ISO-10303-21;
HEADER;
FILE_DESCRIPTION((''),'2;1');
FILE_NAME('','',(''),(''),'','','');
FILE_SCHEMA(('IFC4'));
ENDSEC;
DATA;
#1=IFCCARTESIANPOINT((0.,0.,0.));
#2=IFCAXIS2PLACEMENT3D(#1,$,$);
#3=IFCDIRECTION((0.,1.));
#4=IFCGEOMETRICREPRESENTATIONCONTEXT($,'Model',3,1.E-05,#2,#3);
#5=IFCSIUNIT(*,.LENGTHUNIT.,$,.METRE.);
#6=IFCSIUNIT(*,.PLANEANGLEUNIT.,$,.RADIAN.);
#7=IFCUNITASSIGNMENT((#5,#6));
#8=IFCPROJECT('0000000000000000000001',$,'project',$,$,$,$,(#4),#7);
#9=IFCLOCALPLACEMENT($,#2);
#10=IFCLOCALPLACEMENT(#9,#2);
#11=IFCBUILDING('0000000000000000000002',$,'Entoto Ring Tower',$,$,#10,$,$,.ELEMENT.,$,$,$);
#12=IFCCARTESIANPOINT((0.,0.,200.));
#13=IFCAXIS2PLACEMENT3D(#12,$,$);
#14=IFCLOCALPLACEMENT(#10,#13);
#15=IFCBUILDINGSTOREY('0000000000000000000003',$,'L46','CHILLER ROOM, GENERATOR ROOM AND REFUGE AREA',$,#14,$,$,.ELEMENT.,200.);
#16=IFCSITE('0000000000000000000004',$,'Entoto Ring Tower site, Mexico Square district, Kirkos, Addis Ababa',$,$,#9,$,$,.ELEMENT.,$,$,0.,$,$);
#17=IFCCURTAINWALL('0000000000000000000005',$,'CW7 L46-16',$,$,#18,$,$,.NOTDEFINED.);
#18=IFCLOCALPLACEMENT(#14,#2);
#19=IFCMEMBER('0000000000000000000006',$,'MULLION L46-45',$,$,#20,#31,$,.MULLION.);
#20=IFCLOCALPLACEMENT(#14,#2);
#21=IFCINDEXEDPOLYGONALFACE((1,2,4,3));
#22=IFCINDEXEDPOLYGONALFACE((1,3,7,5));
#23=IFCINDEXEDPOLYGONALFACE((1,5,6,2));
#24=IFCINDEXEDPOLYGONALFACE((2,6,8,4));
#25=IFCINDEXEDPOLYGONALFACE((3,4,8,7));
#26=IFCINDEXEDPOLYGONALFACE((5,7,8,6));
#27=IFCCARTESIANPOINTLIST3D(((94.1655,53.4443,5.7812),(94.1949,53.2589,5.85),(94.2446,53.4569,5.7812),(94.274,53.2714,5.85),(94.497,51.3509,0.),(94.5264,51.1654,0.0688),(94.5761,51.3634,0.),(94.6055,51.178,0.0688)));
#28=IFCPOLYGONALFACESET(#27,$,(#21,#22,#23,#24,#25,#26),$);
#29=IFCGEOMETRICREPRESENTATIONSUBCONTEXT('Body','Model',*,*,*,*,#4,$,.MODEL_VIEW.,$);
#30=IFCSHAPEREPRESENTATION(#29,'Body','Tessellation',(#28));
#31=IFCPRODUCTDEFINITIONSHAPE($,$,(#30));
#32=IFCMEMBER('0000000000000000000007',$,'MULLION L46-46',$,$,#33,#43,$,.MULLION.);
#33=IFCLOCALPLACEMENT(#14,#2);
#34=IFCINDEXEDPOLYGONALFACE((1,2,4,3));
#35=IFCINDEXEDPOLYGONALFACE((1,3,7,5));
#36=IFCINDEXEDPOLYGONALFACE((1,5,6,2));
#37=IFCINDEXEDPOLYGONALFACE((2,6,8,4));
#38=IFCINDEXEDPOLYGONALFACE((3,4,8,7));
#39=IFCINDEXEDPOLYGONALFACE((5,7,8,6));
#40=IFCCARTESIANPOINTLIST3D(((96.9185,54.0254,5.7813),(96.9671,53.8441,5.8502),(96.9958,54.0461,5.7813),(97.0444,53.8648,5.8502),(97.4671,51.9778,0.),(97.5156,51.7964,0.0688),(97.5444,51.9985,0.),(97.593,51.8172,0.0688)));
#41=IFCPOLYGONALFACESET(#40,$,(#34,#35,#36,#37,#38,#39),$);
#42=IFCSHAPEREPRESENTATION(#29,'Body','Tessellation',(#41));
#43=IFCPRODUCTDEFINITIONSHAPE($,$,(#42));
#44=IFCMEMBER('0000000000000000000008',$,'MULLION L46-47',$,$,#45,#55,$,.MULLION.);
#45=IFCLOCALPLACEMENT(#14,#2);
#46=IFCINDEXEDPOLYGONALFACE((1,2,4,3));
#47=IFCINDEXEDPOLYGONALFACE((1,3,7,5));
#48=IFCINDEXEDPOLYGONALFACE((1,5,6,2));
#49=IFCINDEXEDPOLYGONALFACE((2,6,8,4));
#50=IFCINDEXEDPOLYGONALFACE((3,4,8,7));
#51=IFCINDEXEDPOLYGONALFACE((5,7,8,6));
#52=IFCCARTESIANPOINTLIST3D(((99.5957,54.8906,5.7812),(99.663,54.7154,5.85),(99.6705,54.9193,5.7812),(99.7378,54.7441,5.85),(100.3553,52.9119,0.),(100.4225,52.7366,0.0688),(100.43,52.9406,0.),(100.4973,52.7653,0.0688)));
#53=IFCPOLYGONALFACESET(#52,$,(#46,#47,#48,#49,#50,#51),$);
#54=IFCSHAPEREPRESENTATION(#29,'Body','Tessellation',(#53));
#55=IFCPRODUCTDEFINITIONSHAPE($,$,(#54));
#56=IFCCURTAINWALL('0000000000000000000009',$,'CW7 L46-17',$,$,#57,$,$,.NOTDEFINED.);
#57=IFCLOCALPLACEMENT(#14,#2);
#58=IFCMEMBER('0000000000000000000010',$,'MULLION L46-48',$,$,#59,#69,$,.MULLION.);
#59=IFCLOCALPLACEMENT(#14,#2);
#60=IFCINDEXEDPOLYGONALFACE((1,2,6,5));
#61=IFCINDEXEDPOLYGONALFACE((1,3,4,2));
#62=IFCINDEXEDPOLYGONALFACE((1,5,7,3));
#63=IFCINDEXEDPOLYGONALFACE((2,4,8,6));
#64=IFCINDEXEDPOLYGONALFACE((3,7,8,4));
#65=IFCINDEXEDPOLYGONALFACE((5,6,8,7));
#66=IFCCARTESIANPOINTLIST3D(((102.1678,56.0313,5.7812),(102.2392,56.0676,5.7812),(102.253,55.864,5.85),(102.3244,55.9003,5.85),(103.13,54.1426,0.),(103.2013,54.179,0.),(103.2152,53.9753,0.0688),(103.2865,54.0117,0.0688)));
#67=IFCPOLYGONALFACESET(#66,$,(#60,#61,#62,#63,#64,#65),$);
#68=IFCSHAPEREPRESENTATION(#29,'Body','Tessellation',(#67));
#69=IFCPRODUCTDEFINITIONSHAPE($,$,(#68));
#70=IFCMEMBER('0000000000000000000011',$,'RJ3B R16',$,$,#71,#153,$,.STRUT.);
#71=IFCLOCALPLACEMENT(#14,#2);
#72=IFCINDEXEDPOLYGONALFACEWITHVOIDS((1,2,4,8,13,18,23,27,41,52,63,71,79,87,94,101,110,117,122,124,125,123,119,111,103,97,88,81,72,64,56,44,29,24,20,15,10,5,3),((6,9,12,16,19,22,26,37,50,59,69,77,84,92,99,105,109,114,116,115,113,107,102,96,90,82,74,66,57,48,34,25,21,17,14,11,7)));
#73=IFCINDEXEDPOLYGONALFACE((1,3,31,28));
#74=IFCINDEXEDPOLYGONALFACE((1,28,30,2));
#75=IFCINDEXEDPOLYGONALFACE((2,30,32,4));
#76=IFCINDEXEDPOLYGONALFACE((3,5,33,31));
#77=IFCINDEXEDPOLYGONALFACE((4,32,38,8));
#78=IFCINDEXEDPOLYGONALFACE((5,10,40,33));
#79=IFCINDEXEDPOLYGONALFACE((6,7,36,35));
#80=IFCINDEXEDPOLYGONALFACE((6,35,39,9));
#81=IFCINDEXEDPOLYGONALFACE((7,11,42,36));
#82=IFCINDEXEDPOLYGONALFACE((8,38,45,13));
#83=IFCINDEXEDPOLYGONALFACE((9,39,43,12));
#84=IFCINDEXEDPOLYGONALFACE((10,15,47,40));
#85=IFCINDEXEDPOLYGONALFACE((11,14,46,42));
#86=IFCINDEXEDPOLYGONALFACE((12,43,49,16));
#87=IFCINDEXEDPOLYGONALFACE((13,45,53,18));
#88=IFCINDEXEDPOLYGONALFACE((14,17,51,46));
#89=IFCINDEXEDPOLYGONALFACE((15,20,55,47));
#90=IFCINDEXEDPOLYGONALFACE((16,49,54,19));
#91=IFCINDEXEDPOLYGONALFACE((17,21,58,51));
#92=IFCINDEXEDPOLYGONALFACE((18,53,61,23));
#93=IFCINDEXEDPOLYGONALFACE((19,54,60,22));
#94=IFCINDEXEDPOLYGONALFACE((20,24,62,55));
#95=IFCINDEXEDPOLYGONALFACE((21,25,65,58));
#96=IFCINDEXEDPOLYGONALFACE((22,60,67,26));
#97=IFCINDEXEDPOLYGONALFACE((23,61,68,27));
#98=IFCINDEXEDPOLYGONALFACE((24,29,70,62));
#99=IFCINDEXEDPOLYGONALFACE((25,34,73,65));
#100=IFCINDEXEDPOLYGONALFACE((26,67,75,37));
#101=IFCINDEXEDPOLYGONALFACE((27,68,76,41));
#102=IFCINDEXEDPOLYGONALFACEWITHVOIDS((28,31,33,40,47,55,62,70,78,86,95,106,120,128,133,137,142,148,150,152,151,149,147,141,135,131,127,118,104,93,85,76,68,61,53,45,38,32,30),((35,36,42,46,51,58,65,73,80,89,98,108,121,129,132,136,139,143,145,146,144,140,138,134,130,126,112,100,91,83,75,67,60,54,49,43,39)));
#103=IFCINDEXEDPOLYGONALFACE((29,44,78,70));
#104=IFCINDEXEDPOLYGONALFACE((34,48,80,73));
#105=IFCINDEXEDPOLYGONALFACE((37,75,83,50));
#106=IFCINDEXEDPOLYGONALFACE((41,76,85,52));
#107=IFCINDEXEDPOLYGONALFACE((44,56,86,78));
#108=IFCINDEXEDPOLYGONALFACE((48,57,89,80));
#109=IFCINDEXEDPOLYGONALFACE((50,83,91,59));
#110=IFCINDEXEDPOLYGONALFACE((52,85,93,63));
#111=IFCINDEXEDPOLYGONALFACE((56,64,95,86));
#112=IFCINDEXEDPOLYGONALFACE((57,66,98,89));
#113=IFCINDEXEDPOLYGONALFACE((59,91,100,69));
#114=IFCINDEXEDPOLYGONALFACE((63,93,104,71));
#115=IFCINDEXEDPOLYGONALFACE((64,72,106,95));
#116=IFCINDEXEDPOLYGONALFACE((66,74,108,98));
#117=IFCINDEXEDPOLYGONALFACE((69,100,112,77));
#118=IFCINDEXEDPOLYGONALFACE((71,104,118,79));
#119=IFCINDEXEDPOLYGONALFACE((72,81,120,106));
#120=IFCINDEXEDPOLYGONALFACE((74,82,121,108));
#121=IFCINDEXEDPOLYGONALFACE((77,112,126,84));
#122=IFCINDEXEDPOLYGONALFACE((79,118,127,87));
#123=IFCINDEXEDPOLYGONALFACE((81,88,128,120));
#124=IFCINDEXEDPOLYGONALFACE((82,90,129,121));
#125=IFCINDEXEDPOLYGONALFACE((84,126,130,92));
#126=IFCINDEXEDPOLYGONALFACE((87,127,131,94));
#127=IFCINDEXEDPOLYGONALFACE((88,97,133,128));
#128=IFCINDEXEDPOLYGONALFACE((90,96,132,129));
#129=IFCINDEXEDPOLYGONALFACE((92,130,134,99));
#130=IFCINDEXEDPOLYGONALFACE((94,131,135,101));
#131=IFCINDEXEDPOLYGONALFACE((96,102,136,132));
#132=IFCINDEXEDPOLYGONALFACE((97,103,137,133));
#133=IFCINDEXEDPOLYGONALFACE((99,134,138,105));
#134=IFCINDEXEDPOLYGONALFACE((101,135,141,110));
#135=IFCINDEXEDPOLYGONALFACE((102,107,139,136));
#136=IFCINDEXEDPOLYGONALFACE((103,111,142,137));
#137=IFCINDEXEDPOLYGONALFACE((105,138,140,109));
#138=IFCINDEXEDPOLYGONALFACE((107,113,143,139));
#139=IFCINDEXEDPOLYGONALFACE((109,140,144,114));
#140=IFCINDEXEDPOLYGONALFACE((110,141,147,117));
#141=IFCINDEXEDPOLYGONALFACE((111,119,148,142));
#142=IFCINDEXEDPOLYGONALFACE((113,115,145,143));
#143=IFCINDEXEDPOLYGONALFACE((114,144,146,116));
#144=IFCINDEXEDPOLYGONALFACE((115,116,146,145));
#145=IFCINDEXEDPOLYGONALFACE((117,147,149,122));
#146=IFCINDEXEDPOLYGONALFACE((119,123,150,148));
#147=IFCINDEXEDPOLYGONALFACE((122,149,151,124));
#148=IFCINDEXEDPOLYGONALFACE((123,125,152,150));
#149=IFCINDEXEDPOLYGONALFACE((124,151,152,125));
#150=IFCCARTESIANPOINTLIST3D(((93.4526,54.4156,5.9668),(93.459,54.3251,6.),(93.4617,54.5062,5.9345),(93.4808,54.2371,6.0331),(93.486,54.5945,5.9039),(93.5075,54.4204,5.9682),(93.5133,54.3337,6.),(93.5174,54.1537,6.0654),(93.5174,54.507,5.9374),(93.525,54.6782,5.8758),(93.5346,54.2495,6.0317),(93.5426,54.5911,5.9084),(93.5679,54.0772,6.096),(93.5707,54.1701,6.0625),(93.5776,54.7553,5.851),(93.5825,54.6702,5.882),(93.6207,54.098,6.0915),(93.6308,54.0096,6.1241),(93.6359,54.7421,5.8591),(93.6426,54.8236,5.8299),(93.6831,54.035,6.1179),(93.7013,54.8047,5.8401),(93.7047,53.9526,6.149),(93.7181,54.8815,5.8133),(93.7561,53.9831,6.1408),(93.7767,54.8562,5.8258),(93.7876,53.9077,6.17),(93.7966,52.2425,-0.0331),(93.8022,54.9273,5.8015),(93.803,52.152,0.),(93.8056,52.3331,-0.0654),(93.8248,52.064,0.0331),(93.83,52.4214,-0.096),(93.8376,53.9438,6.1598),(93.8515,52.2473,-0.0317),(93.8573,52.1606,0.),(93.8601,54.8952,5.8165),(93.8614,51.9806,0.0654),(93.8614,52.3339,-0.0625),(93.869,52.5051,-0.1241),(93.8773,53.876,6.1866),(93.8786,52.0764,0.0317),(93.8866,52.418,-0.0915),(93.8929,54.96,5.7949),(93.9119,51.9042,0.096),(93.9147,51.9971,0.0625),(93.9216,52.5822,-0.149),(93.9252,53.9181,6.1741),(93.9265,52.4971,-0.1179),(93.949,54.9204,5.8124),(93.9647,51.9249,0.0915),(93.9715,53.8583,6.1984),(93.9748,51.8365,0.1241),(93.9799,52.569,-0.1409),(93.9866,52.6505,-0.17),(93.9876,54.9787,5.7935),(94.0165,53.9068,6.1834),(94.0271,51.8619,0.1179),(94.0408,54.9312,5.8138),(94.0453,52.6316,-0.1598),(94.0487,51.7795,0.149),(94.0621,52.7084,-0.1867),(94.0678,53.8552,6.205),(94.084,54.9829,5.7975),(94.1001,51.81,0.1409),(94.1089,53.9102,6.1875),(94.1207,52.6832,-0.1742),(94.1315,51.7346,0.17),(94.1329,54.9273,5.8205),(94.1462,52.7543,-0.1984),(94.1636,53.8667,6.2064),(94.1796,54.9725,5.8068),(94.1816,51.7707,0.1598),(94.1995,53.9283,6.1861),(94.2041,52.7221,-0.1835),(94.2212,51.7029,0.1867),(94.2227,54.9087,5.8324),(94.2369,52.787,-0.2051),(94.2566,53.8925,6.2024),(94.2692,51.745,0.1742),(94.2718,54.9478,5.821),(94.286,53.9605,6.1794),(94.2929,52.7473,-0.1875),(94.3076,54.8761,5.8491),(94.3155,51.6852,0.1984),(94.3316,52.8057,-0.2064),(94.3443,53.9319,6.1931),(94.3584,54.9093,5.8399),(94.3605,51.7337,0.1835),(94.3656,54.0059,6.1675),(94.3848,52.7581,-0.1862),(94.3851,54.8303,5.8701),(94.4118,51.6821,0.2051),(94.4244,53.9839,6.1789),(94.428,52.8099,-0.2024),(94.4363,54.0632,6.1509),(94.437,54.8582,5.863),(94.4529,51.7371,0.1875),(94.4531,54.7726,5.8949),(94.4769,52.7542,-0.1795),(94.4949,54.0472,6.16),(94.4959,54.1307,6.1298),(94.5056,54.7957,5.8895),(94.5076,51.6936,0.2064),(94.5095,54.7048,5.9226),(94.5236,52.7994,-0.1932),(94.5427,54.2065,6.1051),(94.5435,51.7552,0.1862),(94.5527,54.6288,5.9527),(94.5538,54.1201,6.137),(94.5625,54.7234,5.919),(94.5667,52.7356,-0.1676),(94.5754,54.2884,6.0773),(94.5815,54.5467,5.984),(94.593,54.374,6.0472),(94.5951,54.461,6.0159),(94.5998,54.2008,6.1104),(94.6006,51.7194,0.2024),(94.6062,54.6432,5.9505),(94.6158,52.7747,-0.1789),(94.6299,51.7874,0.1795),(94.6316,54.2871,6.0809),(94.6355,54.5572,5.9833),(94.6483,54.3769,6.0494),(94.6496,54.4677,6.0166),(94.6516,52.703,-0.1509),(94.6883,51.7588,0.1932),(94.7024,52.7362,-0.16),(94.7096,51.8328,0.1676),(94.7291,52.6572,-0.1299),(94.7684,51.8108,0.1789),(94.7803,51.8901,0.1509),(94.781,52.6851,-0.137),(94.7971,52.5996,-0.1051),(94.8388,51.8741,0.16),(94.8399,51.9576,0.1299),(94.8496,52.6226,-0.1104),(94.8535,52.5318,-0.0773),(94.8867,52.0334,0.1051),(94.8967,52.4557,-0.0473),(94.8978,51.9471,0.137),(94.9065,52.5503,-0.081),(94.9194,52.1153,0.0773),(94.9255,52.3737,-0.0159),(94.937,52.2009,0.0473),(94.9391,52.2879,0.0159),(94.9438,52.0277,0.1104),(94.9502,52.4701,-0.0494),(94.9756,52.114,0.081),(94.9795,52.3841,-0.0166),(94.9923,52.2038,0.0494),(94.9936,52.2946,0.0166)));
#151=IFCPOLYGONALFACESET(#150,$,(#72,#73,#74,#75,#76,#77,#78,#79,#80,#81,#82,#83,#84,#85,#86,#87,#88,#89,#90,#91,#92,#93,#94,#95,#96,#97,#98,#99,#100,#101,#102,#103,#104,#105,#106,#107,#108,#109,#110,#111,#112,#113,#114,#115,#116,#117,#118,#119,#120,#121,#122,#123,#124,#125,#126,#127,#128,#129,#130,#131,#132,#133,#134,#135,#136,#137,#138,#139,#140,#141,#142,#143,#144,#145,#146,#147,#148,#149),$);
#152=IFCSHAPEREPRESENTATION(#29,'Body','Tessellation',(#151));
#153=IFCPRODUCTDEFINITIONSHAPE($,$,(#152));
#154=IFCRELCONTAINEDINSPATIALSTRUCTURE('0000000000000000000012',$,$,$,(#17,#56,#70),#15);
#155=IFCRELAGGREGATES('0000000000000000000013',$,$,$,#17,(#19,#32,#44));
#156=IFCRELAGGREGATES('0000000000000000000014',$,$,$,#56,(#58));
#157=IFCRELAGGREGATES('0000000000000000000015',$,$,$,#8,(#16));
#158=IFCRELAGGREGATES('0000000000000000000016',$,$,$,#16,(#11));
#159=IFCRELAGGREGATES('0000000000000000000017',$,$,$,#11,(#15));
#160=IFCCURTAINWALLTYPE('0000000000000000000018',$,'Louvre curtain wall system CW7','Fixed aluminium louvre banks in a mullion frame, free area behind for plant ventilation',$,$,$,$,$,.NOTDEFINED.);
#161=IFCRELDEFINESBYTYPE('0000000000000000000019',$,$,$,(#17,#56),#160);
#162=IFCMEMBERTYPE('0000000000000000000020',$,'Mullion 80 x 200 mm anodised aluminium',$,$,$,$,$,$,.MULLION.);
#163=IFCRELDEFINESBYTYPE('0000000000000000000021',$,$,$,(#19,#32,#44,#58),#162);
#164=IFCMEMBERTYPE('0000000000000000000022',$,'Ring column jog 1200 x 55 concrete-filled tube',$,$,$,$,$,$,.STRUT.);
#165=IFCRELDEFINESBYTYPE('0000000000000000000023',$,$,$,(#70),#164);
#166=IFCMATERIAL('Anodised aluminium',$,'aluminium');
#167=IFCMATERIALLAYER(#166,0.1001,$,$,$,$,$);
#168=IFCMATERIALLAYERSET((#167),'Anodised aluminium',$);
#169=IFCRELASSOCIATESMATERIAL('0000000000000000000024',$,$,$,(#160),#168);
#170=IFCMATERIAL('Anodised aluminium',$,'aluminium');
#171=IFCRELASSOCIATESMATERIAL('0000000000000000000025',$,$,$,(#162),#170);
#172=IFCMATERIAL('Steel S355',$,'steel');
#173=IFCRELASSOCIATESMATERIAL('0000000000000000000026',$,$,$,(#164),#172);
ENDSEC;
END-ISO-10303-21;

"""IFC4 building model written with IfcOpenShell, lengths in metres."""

from ifc_helpers import new_model, si_unit, direction, frame, origin, origin_2d, place, context, subcontext, project, spatial, rectangle, circle, hollow_circle, extrude, material, layer, layer_set, material_profile, profile_set, type_object, element, aggregate, save


model = new_model("IFC4")

# Units and contexts
model_context = context("Model", 3, precision=1e-05, world=origin(), true_north=direction((0.0, 1.0)))
body_context = subcontext(model_context, "Body", "Model", "MODEL_VIEW")
ifc_project = project(units=[si_unit("LENGTHUNIT", "METRE"), si_unit("PLANEANGLEUNIT", "RADIAN")], contexts=[model_context])

# Site, building, storey
site_placement = place(None, origin())
site = spatial("IfcSite", under=ifc_project, at=site_placement, Name="Entoto Ring Tower site, Mexico Square district, Kirkos, Addis Ababa", CompositionType="ELEMENT", RefElevation=0.0)
building_placement = place(site_placement, origin())
building = spatial("IfcBuilding", under=site, at=building_placement, Name="Entoto Ring Tower", CompositionType="ELEMENT")
storey_placement = place(building_placement, frame((0.0, 0.0, 200.0)))
storey = spatial("IfcBuildingStorey", under=building, at=storey_placement, Name="L46", Description="CHILLER ROOM, GENERATOR ROOM AND REFUGE AREA", CompositionType="ELEMENT", Elevation=200.0)

# Curtain wall, members
ifc_material_1 = material(Name="Anodised aluminium", Category="aluminium")
ifc_layer_1 = layer(ifc_material_1, 0.1001)
ifc_layer_set_1 = layer_set([ifc_layer_1], Name="Anodised aluminium")
curtain_wall_type = type_object("IfcCurtainWallType", Name="Louvre curtain wall system CW7", Description="Fixed aluminium louvre banks in a mullion frame, free area behind for plant ventilation", PredefinedType="NOTDEFINED", material=ifc_layer_set_1)
ifc_material_2 = material(Name="Anodised aluminium", Category="aluminium")
ifc_material_profile_1 = material_profile(ifc_material_2, rectangle(XDim=0.0801, YDim=0.2, at=origin_2d()), Name="Mullion 80 x 200 mm anodised aluminium")
ifc_profile_set_1 = profile_set([ifc_material_profile_1], Name="Anodised aluminium")
member_type_1 = type_object("IfcMemberType", Name="Mullion 80 x 200 mm anodised aluminium", PredefinedType="MULLION", material=ifc_profile_set_1)
curtain_wall_1_placement = place(storey_placement, origin())
curtain_wall_1 = element("IfcCurtainWall", 1, at=curtain_wall_1_placement, inside=storey, type_object=curtain_wall_type, Name="CW7 L46-16", PredefinedType="NOTDEFINED")
member_1_placement = place(storey_placement, frame((94.5513, 51.2644, 0.0344), z_axis=(-0.053843, 0.33999, 0.938887), x_axis=(-0.987691, -0.156418, 0.0)))
member_1 = element("IfcMember", 2, at=member_1_placement, type_object=member_type_1, Name="MULLION L46-45", PredefinedType="MULLION", context=body_context, shape_type="SweptSolid", body=[
    extrude(rectangle(XDim=0.0801, YDim=0.2, at=origin_2d()), origin(), (0.0, 0.0, 1.0), 6.1575),
])
member_2_placement = place(storey_placement, frame((97.53, 51.8975, 0.0344), z_axis=(-0.08909, 0.332531, 0.938875), x_axis=(-0.965934, -0.258788, 0.0)))
member_2 = element("IfcMember", 3, at=member_2_placement, type_object=member_type_1, Name="MULLION L46-46", PredefinedType="MULLION", context=body_context, shape_type="SweptSolid", body=[
    extrude(rectangle(XDim=0.0801, YDim=0.2, at=origin_2d()), origin(), (0.0, 0.0, 1.0), 6.1577),
])
member_3_placement = place(storey_placement, frame((100.4263, 52.8386, 0.0344), z_axis=(-0.123348, 0.321356, 0.938891), x_axis=(-0.933589, -0.358346, 0.0)))
member_3 = element("IfcMember", 4, at=member_3_placement, type_object=member_type_1, Name="MULLION L46-47", PredefinedType="MULLION", context=body_context, shape_type="SweptSolid", body=[
    extrude(rectangle(XDim=0.0801, YDim=0.2, at=origin_2d()), origin(), (0.0, 0.0, 1.0), 6.1575),
])
aggregate(curtain_wall_1, [member_1, member_2, member_3])

# Curtain wall, member
curtain_wall_2_placement = place(storey_placement, origin())
curtain_wall_2 = element("IfcCurtainWall", 5, at=curtain_wall_2_placement, inside=storey, type_object=curtain_wall_type, Name="CW7 L46-17", PredefinedType="NOTDEFINED")
member_4_placement = place(storey_placement, frame((103.2083, 54.0771, 0.0344), z_axis=(-0.156256, 0.306724, 0.938885), x_axis=(-0.891039, -0.453928, 0.0)))
member_4 = element("IfcMember", 6, at=member_4_placement, type_object=member_type_1, Name="MULLION L46-48", PredefinedType="MULLION", context=body_context, shape_type="SweptSolid", body=[
    extrude(rectangle(XDim=0.0801, YDim=0.2, at=origin_2d()), origin(), (0.0, 0.0, 1.0), 6.1575),
])
aggregate(curtain_wall_2, [member_4])

# Member
ifc_material_3 = material(Name="Steel S355", Category="steel")
ifc_material_profile_2 = material_profile(ifc_material_3, hollow_circle(Radius=0.6001, WallThickness=0.0549, at=origin_2d()), Name="CHS 1200 x 55")
ifc_material_4 = material(Name="Concrete C60/75", Category="concrete")
ifc_material_profile_3 = material_profile(ifc_material_4, circle(Radius=0.5449, at=origin_2d()), Name="Concrete C60/75 infill")
ifc_profile_set_2 = profile_set([ifc_material_profile_2, ifc_material_profile_3], Name="Steel S355")
member_type_2 = type_object("IfcMemberType", Name="Ring column jog 1200 x 55 concrete-filled tube", PredefinedType="STRUT", material=ifc_profile_set_2)
for number, where, z_axis, x_axis, name in (
    (7, (94.3958, 52.2458, 0.0), (-0.053828, 0.340042, 0.938869), (-0.987702, -0.15635, 0.0), "RJ3B R16"),
):
    element("IfcMember", number, at=place(storey_placement, frame(where, z_axis=z_axis, x_axis=x_axis)), inside=storey, type_object=member_type_2, Name=name, PredefinedType="STRUT", context=body_context, shape_type="SweptSolid", body=[
        extrude(hollow_circle(Radius=0.6001, WallThickness=0.0549, at=origin_2d()), origin(), (0.0, 0.0, 1.0), 6.3906),
    ])

save(model, "model.ifc")
